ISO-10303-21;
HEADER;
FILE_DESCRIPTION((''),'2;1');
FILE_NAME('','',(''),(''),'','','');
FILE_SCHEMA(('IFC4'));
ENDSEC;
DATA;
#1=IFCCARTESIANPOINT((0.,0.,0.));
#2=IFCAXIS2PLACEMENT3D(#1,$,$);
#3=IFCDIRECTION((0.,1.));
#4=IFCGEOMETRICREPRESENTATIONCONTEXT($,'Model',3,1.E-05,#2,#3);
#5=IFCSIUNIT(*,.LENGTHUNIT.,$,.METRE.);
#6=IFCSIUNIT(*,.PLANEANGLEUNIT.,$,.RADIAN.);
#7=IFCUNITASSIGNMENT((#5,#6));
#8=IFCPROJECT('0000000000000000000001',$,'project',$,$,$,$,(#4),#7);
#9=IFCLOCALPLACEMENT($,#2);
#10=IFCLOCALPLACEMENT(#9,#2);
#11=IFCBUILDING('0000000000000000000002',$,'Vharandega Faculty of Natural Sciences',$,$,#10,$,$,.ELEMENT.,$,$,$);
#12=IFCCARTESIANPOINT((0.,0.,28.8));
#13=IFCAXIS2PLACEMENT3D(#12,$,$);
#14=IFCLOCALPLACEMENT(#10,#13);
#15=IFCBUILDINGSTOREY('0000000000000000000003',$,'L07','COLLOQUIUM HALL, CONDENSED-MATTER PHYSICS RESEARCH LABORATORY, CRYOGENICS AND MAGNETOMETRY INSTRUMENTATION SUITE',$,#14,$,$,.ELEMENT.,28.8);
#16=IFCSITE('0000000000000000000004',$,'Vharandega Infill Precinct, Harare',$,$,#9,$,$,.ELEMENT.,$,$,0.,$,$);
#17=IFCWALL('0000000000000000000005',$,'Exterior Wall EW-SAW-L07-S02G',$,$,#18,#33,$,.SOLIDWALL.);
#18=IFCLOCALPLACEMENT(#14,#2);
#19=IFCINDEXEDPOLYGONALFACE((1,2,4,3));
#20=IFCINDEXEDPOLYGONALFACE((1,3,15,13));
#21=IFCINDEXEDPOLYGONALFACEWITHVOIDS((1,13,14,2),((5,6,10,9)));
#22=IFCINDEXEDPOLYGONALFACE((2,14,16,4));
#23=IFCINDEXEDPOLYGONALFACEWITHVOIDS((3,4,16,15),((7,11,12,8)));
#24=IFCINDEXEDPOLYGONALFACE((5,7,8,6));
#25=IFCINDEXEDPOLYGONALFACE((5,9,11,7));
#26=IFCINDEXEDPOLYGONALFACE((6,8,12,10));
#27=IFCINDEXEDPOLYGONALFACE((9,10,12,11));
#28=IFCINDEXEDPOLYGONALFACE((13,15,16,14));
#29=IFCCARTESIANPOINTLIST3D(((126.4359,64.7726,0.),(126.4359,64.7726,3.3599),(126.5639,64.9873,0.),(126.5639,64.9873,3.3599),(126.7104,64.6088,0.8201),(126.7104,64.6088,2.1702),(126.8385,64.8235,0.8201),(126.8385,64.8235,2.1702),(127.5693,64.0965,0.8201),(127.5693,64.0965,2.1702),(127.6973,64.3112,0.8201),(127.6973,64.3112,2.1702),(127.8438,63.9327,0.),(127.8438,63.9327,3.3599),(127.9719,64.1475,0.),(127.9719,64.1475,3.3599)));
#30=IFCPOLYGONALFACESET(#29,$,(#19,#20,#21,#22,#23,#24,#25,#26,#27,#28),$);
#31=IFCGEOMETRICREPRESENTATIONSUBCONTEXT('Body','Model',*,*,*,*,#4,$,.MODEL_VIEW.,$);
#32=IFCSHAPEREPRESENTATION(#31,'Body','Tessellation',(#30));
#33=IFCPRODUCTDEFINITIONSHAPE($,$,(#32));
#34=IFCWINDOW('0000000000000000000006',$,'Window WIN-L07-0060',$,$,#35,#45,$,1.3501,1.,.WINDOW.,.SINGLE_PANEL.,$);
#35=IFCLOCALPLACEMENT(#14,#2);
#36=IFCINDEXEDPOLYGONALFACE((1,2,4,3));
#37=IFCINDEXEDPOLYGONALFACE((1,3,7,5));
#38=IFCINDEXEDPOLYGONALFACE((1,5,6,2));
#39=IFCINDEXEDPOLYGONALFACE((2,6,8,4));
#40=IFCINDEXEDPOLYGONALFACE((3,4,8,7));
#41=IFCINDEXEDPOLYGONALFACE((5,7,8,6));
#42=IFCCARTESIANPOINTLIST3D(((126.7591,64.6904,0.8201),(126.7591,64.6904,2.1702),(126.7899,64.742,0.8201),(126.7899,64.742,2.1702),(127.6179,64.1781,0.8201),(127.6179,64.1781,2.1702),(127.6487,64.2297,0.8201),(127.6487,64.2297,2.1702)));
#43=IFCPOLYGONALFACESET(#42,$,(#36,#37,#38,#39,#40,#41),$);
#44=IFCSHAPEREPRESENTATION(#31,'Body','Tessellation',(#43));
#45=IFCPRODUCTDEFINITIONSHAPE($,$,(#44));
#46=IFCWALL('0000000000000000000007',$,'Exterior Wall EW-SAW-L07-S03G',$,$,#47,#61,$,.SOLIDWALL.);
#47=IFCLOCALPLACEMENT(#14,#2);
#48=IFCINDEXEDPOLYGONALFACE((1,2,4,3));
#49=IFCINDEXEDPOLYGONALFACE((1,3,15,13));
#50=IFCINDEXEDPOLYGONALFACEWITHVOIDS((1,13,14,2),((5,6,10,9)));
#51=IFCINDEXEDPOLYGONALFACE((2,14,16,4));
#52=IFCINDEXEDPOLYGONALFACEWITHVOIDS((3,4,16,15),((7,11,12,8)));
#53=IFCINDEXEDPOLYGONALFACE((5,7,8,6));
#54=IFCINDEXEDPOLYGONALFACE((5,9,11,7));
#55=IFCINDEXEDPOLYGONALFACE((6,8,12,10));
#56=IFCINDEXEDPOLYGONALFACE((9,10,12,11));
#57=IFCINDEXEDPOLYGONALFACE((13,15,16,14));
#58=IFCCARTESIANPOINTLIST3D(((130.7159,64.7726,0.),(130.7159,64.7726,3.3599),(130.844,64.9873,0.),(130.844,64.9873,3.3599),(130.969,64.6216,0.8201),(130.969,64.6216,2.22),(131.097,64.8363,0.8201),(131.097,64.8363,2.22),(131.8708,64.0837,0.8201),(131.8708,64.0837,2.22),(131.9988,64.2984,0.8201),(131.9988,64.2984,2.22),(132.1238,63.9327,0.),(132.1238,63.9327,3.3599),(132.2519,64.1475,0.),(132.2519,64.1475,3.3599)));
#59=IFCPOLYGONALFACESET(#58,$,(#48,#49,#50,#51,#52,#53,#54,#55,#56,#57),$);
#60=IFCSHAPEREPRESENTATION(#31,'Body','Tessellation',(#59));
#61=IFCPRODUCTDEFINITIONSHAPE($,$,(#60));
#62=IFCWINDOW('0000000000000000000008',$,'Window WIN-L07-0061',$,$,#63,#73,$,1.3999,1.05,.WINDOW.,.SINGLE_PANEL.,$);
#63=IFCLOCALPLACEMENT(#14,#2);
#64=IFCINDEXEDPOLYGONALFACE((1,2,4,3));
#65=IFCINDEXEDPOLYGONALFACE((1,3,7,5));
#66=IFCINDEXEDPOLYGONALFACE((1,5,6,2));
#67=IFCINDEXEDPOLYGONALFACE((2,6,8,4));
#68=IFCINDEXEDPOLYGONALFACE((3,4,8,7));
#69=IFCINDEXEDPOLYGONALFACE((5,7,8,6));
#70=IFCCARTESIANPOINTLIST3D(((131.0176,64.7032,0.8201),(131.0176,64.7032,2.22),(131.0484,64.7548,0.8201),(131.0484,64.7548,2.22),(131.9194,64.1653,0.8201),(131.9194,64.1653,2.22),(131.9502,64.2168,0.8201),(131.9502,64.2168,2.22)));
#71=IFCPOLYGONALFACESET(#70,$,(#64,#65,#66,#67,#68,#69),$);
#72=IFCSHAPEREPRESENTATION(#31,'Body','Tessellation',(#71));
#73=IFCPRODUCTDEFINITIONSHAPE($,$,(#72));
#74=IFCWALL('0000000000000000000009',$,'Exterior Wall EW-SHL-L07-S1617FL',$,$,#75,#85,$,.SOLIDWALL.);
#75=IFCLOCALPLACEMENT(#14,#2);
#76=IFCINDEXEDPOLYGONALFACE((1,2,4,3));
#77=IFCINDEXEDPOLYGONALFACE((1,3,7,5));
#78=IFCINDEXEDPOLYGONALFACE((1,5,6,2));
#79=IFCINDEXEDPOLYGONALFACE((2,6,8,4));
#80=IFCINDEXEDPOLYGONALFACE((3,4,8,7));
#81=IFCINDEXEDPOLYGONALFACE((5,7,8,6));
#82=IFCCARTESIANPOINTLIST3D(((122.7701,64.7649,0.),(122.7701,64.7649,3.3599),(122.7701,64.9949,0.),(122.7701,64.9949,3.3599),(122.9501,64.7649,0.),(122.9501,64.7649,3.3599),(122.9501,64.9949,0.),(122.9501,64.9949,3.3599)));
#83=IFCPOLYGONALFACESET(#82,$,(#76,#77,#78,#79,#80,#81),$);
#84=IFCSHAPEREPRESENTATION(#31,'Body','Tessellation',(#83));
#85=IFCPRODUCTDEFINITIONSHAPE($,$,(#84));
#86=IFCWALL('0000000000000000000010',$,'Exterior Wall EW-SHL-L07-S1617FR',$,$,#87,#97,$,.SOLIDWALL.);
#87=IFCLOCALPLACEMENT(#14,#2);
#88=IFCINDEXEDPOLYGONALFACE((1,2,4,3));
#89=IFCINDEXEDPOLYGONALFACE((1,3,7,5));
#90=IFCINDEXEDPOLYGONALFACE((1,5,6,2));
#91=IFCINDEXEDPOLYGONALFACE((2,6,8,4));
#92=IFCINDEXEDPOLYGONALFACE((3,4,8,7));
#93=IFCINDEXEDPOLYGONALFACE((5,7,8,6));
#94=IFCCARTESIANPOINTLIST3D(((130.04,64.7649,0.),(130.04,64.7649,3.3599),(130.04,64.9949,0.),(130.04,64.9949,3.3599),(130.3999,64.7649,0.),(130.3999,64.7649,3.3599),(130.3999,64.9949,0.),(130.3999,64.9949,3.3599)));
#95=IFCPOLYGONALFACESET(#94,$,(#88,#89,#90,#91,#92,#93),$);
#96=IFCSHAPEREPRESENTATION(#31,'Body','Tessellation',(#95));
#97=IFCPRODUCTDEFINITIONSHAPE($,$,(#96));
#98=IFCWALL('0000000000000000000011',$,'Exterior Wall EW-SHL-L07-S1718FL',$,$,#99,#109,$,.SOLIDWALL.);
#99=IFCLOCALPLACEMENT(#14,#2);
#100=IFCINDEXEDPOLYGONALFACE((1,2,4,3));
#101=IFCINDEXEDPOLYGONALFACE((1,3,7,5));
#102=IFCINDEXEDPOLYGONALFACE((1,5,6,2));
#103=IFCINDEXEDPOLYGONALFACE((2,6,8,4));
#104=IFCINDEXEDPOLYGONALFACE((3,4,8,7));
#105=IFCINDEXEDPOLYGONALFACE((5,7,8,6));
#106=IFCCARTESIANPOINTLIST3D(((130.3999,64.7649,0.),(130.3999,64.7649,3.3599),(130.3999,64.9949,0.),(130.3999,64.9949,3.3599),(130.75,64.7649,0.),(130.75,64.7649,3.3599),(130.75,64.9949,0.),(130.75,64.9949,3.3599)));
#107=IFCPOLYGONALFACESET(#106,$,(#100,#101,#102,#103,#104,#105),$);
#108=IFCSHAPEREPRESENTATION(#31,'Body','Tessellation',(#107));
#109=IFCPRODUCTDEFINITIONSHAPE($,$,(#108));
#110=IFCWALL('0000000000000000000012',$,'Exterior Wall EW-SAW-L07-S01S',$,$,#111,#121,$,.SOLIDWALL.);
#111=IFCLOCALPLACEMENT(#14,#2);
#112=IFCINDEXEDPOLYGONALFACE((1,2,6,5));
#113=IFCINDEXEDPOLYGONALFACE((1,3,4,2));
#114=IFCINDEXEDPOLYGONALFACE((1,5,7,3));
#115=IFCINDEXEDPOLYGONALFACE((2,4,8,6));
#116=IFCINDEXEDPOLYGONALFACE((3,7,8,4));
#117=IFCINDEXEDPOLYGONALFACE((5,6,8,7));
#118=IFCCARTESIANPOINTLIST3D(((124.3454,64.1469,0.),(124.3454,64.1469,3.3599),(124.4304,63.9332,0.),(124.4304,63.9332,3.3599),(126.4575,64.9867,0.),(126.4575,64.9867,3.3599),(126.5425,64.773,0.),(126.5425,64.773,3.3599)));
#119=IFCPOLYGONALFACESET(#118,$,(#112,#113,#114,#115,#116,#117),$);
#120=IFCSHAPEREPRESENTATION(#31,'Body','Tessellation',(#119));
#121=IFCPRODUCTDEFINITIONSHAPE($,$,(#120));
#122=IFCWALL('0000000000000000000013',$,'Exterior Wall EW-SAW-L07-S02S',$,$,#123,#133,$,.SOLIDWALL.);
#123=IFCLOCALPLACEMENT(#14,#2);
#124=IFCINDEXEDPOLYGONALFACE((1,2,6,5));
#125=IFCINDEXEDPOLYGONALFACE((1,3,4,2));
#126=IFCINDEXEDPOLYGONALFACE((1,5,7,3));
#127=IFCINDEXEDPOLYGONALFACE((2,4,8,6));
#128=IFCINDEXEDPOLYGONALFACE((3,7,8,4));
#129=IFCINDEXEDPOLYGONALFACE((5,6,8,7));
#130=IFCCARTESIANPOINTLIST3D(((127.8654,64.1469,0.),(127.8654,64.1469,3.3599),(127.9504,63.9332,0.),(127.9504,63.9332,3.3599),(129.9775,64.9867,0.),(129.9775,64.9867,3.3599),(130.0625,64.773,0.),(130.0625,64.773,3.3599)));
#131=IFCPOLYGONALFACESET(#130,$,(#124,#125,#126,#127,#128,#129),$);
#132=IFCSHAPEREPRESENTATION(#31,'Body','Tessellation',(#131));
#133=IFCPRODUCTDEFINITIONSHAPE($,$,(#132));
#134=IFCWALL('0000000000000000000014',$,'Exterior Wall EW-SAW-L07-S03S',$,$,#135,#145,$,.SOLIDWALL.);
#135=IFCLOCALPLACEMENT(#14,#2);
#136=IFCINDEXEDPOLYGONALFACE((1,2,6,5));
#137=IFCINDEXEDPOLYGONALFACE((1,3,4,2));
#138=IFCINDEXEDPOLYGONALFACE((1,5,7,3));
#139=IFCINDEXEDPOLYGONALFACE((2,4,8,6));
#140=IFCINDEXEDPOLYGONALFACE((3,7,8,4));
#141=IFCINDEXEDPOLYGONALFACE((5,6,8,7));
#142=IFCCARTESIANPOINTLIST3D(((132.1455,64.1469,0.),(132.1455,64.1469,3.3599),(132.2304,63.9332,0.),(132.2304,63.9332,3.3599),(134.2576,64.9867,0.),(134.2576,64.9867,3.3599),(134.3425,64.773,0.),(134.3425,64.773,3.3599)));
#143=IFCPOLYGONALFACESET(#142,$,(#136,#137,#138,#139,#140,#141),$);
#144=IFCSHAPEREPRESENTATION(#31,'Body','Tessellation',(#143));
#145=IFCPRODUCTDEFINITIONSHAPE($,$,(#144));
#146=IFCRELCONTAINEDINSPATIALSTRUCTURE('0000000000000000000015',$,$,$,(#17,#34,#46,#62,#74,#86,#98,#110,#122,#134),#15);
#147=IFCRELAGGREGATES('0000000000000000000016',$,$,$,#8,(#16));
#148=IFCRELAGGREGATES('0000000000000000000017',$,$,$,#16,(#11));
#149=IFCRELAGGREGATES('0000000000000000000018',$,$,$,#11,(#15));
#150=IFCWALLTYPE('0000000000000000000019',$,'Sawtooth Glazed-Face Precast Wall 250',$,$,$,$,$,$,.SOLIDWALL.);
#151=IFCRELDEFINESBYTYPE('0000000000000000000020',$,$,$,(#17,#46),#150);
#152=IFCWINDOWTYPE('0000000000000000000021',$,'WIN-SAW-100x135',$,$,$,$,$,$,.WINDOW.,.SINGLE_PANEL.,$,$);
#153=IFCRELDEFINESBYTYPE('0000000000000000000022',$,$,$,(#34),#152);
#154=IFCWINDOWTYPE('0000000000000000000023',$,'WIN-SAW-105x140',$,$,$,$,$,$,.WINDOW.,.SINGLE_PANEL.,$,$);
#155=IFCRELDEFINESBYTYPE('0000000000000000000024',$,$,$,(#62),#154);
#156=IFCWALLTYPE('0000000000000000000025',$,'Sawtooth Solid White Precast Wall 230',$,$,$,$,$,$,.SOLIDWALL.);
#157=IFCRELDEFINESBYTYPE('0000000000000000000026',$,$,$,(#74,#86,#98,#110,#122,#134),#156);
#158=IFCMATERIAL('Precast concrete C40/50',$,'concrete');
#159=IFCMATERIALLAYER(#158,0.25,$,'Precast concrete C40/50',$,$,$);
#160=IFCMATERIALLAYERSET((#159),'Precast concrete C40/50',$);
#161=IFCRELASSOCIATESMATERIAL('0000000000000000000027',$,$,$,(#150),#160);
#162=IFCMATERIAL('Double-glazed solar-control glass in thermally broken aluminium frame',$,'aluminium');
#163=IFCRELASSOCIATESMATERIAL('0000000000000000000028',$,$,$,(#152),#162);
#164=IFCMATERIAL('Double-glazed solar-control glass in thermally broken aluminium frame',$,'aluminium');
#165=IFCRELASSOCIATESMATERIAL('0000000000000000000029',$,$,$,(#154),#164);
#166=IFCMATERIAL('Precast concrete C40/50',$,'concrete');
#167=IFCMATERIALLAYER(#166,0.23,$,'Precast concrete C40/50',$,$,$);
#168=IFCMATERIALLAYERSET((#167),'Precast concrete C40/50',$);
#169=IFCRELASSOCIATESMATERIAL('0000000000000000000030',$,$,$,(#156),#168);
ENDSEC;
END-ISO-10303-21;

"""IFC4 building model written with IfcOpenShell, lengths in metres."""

from ifc_helpers import new_model, si_unit, direction, frame, frame_2d, origin, place, context, subcontext, project, spatial, rectangle, extrude, material, layer, layer_set, type_object, element, fill, save


model = new_model("IFC4")

# Units and contexts
model_context = context("Model", 3, precision=1e-05, world=origin(), true_north=direction((0.0, 1.0)))
body_context = subcontext(model_context, "Body", "Model", "MODEL_VIEW")
ifc_project = project(units=[si_unit("LENGTHUNIT", "METRE"), si_unit("PLANEANGLEUNIT", "RADIAN")], contexts=[model_context])

# Site, building, storey
site_placement = place(None, origin())
site = spatial("IfcSite", under=ifc_project, at=site_placement, Name="Vharandega Infill Precinct, Harare", CompositionType="ELEMENT", RefElevation=0.0)
building_placement = place(site_placement, origin())
building = spatial("IfcBuilding", under=site, at=building_placement, Name="Vharandega Faculty of Natural Sciences", CompositionType="ELEMENT")
storey_placement = place(building_placement, frame((0.0, 0.0, 28.8)))
storey = spatial("IfcBuildingStorey", under=building, at=storey_placement, Name="L07", Description="COLLOQUIUM HALL, CONDENSED-MATTER PHYSICS RESEARCH LABORATORY, CRYOGENICS AND MAGNETOMETRY INSTRUMENTATION SUITE", CompositionType="ELEMENT", Elevation=28.8)

# Walls, openings, windows
ifc_material_1 = material(Name="Precast concrete C40/50", Category="concrete")
ifc_layer_1 = layer(ifc_material_1, 0.25, Name="Precast concrete C40/50")
ifc_layer_set_1 = layer_set([ifc_layer_1], Name="Precast concrete C40/50")
wall_type_1 = type_object("IfcWallType", Name="Sawtooth Glazed-Face Precast Wall 250", PredefinedType="SOLIDWALL", material=ifc_layer_set_1)
wall_1_placement = place(storey_placement, frame((127.908, 64.04, 0.0), z_axis=(0.0, 0.0, 1.0), x_axis=(-0.858817, 0.512282, 0.0)))
wall_1 = element("IfcWall", 1, at=wall_1_placement, inside=storey, type_object=wall_type_1, Name="Exterior Wall EW-SAW-L07-S02G", PredefinedType="SOLIDWALL", context=body_context, shape_type="SweptSolid", body=[
    extrude(rectangle(XDim=1.6394, YDim=0.25, at=frame_2d((0.8198, 0.0))), origin(), (0.0, 0.0, 1.0), 3.3599),
])
opening_1_placement = place(wall_1_placement, frame((0.3198, 0.0, 0.8201)))
opening_1 = element("IfcOpeningElement", 2, at=opening_1_placement, cuts=wall_1, PredefinedType="OPENING", context=body_context, shape_type="SweptSolid", body=[
    extrude(rectangle(XDim=1.0, YDim=1.3501, at=frame_2d((0.5, 0.675))), frame((0.0, 0.135, 0.0), z_axis=(0.0, -1.0, 0.0), x_axis=(1.0, 0.0, 0.0)), (0.0, 0.0, 1.0), 0.27),
])
ifc_material_2 = material(Name="Double-glazed solar-control glass in thermally broken aluminium frame", Category="aluminium")
window_type_1 = type_object("IfcWindowType", Name="WIN-SAW-100x135", PartitioningType="SINGLE_PANEL", PredefinedType="WINDOW", material=ifc_material_2)
window_1_placement = place(opening_1_placement, origin())
window_1 = element("IfcWindow", 3, at=window_1_placement, inside=storey, type_object=window_type_1, Name="Window WIN-L07-0060", OverallHeight=1.3501, OverallWidth=1.0, PartitioningType="SINGLE_PANEL", PredefinedType="WINDOW", context=body_context, shape_type="SweptSolid", body=[
    extrude(rectangle(XDim=1.0, YDim=1.3501, at=frame_2d((0.5, 0.675))), frame((0.0, 0.03, 0.0), z_axis=(0.0, -1.0, 0.0), x_axis=(1.0, 0.0, 0.0)), (0.0, 0.0, 1.0), 0.0601),
])
fill(opening_1, window_1)
wall_2_placement = place(storey_placement, frame((132.188, 64.04, 0.0), z_axis=(0.0, 0.0, 1.0), x_axis=(-0.858817, 0.512282, 0.0)))
wall_2 = element("IfcWall", 4, at=wall_2_placement, inside=storey, type_object=wall_type_1, Name="Exterior Wall EW-SAW-L07-S03G", PredefinedType="SOLIDWALL", context=body_context, shape_type="SweptSolid", body=[
    extrude(rectangle(XDim=1.6394, YDim=0.25, at=frame_2d((0.8198, 0.0))), origin(), (0.0, 0.0, 1.0), 3.3599),
])
opening_2_placement = place(wall_2_placement, frame((0.2949, 0.0, 0.8201)))
opening_2 = element("IfcOpeningElement", 5, at=opening_2_placement, cuts=wall_2, PredefinedType="OPENING", context=body_context, shape_type="SweptSolid", body=[
    extrude(rectangle(XDim=1.05, YDim=1.3999, at=frame_2d((0.5249, 0.7))), frame((0.0, 0.135, 0.0), z_axis=(0.0, -1.0, 0.0), x_axis=(1.0, 0.0, 0.0)), (0.0, 0.0, 1.0), 0.27),
])
ifc_material_3 = material(Name="Double-glazed solar-control glass in thermally broken aluminium frame", Category="aluminium")
window_type_2 = type_object("IfcWindowType", Name="WIN-SAW-105x140", PartitioningType="SINGLE_PANEL", PredefinedType="WINDOW", material=ifc_material_3)
window_2_placement = place(opening_2_placement, origin())
window_2 = element("IfcWindow", 6, at=window_2_placement, inside=storey, type_object=window_type_2, Name="Window WIN-L07-0061", OverallHeight=1.3999, OverallWidth=1.05, PartitioningType="SINGLE_PANEL", PredefinedType="WINDOW", context=body_context, shape_type="SweptSolid", body=[
    extrude(rectangle(XDim=1.05, YDim=1.3999, at=frame_2d((0.5249, 0.7))), frame((0.0, 0.03, 0.0), z_axis=(0.0, -1.0, 0.0), x_axis=(1.0, 0.0, 0.0)), (0.0, 0.0, 1.0), 0.0601),
])
fill(opening_2, window_2)

# Walls
ifc_material_4 = material(Name="Precast concrete C40/50", Category="concrete")
ifc_layer_2 = layer(ifc_material_4, 0.23, Name="Precast concrete C40/50")
ifc_layer_set_2 = layer_set([ifc_layer_2], Name="Precast concrete C40/50")
wall_type_2 = type_object("IfcWallType", Name="Sawtooth Solid White Precast Wall 230", PredefinedType="SOLIDWALL", material=ifc_layer_set_2)
wall_3_placement = place(storey_placement, frame((122.95, 64.8799, 0.0), z_axis=(0.0, 0.0, 1.0), x_axis=(-1.0, 0.0, 0.0)))
element("IfcWall", 7, at=wall_3_placement, inside=storey, type_object=wall_type_2, Name="Exterior Wall EW-SHL-L07-S1617FL", PredefinedType="SOLIDWALL", context=body_context, shape_type="SweptSolid", body=[
    extrude(rectangle(XDim=0.1799, YDim=0.23, at=frame_2d((0.0898, 0.0))), origin(), (0.0, 0.0, 1.0), 3.3599),
])
wall_4_placement = place(storey_placement, frame((130.3999, 64.8799, 0.0), z_axis=(0.0, 0.0, 1.0), x_axis=(-1.0, 0.0, 0.0)))
element("IfcWall", 8, at=wall_4_placement, inside=storey, type_object=wall_type_2, Name="Exterior Wall EW-SHL-L07-S1617FR", PredefinedType="SOLIDWALL", context=body_context, shape_type="SweptSolid", body=[
    extrude(rectangle(XDim=0.3599, YDim=0.23, at=frame_2d((0.1799, 0.0))), origin(), (0.0, 0.0, 1.0), 3.3599),
])
wall_5_placement = place(storey_placement, frame((130.75, 64.8799, 0.0), z_axis=(0.0, 0.0, 1.0), x_axis=(-1.0, 0.0, 0.0)))
element("IfcWall", 9, at=wall_5_placement, inside=storey, type_object=wall_type_2, Name="Exterior Wall EW-SHL-L07-S1718FL", PredefinedType="SOLIDWALL", context=body_context, shape_type="SweptSolid", body=[
    extrude(rectangle(XDim=0.3501, YDim=0.23, at=frame_2d((0.175, 0.0))), origin(), (0.0, 0.0, 1.0), 3.3599),
])
for number, where, z_axis, x_axis, name in (
    (10, (126.5, 64.8799, 0.0), (0.0, 0.0, 1.0), (-0.92923, -0.369501, 0.0), "Exterior Wall EW-SAW-L07-S01S"),
    (11, (130.02, 64.8799, 0.0), (0.0, 0.0, 1.0), (-0.92923, -0.369501, 0.0), "Exterior Wall EW-SAW-L07-S02S"),
    (12, (134.3, 64.8799, 0.0), (0.0, 0.0, 1.0), (-0.92923, -0.369501, 0.0), "Exterior Wall EW-SAW-L07-S03S"),
):
    element("IfcWall", number, at=place(storey_placement, frame(where, z_axis=z_axis, x_axis=x_axis)), inside=storey, type_object=wall_type_2, Name=name, PredefinedType="SOLIDWALL", context=body_context, shape_type="SweptSolid", body=[
        extrude(rectangle(XDim=2.2729, YDim=0.23, at=frame_2d((1.1365, 0.0))), origin(), (0.0, 0.0, 1.0), 3.3599),
    ])

save(model, "model.ifc")
